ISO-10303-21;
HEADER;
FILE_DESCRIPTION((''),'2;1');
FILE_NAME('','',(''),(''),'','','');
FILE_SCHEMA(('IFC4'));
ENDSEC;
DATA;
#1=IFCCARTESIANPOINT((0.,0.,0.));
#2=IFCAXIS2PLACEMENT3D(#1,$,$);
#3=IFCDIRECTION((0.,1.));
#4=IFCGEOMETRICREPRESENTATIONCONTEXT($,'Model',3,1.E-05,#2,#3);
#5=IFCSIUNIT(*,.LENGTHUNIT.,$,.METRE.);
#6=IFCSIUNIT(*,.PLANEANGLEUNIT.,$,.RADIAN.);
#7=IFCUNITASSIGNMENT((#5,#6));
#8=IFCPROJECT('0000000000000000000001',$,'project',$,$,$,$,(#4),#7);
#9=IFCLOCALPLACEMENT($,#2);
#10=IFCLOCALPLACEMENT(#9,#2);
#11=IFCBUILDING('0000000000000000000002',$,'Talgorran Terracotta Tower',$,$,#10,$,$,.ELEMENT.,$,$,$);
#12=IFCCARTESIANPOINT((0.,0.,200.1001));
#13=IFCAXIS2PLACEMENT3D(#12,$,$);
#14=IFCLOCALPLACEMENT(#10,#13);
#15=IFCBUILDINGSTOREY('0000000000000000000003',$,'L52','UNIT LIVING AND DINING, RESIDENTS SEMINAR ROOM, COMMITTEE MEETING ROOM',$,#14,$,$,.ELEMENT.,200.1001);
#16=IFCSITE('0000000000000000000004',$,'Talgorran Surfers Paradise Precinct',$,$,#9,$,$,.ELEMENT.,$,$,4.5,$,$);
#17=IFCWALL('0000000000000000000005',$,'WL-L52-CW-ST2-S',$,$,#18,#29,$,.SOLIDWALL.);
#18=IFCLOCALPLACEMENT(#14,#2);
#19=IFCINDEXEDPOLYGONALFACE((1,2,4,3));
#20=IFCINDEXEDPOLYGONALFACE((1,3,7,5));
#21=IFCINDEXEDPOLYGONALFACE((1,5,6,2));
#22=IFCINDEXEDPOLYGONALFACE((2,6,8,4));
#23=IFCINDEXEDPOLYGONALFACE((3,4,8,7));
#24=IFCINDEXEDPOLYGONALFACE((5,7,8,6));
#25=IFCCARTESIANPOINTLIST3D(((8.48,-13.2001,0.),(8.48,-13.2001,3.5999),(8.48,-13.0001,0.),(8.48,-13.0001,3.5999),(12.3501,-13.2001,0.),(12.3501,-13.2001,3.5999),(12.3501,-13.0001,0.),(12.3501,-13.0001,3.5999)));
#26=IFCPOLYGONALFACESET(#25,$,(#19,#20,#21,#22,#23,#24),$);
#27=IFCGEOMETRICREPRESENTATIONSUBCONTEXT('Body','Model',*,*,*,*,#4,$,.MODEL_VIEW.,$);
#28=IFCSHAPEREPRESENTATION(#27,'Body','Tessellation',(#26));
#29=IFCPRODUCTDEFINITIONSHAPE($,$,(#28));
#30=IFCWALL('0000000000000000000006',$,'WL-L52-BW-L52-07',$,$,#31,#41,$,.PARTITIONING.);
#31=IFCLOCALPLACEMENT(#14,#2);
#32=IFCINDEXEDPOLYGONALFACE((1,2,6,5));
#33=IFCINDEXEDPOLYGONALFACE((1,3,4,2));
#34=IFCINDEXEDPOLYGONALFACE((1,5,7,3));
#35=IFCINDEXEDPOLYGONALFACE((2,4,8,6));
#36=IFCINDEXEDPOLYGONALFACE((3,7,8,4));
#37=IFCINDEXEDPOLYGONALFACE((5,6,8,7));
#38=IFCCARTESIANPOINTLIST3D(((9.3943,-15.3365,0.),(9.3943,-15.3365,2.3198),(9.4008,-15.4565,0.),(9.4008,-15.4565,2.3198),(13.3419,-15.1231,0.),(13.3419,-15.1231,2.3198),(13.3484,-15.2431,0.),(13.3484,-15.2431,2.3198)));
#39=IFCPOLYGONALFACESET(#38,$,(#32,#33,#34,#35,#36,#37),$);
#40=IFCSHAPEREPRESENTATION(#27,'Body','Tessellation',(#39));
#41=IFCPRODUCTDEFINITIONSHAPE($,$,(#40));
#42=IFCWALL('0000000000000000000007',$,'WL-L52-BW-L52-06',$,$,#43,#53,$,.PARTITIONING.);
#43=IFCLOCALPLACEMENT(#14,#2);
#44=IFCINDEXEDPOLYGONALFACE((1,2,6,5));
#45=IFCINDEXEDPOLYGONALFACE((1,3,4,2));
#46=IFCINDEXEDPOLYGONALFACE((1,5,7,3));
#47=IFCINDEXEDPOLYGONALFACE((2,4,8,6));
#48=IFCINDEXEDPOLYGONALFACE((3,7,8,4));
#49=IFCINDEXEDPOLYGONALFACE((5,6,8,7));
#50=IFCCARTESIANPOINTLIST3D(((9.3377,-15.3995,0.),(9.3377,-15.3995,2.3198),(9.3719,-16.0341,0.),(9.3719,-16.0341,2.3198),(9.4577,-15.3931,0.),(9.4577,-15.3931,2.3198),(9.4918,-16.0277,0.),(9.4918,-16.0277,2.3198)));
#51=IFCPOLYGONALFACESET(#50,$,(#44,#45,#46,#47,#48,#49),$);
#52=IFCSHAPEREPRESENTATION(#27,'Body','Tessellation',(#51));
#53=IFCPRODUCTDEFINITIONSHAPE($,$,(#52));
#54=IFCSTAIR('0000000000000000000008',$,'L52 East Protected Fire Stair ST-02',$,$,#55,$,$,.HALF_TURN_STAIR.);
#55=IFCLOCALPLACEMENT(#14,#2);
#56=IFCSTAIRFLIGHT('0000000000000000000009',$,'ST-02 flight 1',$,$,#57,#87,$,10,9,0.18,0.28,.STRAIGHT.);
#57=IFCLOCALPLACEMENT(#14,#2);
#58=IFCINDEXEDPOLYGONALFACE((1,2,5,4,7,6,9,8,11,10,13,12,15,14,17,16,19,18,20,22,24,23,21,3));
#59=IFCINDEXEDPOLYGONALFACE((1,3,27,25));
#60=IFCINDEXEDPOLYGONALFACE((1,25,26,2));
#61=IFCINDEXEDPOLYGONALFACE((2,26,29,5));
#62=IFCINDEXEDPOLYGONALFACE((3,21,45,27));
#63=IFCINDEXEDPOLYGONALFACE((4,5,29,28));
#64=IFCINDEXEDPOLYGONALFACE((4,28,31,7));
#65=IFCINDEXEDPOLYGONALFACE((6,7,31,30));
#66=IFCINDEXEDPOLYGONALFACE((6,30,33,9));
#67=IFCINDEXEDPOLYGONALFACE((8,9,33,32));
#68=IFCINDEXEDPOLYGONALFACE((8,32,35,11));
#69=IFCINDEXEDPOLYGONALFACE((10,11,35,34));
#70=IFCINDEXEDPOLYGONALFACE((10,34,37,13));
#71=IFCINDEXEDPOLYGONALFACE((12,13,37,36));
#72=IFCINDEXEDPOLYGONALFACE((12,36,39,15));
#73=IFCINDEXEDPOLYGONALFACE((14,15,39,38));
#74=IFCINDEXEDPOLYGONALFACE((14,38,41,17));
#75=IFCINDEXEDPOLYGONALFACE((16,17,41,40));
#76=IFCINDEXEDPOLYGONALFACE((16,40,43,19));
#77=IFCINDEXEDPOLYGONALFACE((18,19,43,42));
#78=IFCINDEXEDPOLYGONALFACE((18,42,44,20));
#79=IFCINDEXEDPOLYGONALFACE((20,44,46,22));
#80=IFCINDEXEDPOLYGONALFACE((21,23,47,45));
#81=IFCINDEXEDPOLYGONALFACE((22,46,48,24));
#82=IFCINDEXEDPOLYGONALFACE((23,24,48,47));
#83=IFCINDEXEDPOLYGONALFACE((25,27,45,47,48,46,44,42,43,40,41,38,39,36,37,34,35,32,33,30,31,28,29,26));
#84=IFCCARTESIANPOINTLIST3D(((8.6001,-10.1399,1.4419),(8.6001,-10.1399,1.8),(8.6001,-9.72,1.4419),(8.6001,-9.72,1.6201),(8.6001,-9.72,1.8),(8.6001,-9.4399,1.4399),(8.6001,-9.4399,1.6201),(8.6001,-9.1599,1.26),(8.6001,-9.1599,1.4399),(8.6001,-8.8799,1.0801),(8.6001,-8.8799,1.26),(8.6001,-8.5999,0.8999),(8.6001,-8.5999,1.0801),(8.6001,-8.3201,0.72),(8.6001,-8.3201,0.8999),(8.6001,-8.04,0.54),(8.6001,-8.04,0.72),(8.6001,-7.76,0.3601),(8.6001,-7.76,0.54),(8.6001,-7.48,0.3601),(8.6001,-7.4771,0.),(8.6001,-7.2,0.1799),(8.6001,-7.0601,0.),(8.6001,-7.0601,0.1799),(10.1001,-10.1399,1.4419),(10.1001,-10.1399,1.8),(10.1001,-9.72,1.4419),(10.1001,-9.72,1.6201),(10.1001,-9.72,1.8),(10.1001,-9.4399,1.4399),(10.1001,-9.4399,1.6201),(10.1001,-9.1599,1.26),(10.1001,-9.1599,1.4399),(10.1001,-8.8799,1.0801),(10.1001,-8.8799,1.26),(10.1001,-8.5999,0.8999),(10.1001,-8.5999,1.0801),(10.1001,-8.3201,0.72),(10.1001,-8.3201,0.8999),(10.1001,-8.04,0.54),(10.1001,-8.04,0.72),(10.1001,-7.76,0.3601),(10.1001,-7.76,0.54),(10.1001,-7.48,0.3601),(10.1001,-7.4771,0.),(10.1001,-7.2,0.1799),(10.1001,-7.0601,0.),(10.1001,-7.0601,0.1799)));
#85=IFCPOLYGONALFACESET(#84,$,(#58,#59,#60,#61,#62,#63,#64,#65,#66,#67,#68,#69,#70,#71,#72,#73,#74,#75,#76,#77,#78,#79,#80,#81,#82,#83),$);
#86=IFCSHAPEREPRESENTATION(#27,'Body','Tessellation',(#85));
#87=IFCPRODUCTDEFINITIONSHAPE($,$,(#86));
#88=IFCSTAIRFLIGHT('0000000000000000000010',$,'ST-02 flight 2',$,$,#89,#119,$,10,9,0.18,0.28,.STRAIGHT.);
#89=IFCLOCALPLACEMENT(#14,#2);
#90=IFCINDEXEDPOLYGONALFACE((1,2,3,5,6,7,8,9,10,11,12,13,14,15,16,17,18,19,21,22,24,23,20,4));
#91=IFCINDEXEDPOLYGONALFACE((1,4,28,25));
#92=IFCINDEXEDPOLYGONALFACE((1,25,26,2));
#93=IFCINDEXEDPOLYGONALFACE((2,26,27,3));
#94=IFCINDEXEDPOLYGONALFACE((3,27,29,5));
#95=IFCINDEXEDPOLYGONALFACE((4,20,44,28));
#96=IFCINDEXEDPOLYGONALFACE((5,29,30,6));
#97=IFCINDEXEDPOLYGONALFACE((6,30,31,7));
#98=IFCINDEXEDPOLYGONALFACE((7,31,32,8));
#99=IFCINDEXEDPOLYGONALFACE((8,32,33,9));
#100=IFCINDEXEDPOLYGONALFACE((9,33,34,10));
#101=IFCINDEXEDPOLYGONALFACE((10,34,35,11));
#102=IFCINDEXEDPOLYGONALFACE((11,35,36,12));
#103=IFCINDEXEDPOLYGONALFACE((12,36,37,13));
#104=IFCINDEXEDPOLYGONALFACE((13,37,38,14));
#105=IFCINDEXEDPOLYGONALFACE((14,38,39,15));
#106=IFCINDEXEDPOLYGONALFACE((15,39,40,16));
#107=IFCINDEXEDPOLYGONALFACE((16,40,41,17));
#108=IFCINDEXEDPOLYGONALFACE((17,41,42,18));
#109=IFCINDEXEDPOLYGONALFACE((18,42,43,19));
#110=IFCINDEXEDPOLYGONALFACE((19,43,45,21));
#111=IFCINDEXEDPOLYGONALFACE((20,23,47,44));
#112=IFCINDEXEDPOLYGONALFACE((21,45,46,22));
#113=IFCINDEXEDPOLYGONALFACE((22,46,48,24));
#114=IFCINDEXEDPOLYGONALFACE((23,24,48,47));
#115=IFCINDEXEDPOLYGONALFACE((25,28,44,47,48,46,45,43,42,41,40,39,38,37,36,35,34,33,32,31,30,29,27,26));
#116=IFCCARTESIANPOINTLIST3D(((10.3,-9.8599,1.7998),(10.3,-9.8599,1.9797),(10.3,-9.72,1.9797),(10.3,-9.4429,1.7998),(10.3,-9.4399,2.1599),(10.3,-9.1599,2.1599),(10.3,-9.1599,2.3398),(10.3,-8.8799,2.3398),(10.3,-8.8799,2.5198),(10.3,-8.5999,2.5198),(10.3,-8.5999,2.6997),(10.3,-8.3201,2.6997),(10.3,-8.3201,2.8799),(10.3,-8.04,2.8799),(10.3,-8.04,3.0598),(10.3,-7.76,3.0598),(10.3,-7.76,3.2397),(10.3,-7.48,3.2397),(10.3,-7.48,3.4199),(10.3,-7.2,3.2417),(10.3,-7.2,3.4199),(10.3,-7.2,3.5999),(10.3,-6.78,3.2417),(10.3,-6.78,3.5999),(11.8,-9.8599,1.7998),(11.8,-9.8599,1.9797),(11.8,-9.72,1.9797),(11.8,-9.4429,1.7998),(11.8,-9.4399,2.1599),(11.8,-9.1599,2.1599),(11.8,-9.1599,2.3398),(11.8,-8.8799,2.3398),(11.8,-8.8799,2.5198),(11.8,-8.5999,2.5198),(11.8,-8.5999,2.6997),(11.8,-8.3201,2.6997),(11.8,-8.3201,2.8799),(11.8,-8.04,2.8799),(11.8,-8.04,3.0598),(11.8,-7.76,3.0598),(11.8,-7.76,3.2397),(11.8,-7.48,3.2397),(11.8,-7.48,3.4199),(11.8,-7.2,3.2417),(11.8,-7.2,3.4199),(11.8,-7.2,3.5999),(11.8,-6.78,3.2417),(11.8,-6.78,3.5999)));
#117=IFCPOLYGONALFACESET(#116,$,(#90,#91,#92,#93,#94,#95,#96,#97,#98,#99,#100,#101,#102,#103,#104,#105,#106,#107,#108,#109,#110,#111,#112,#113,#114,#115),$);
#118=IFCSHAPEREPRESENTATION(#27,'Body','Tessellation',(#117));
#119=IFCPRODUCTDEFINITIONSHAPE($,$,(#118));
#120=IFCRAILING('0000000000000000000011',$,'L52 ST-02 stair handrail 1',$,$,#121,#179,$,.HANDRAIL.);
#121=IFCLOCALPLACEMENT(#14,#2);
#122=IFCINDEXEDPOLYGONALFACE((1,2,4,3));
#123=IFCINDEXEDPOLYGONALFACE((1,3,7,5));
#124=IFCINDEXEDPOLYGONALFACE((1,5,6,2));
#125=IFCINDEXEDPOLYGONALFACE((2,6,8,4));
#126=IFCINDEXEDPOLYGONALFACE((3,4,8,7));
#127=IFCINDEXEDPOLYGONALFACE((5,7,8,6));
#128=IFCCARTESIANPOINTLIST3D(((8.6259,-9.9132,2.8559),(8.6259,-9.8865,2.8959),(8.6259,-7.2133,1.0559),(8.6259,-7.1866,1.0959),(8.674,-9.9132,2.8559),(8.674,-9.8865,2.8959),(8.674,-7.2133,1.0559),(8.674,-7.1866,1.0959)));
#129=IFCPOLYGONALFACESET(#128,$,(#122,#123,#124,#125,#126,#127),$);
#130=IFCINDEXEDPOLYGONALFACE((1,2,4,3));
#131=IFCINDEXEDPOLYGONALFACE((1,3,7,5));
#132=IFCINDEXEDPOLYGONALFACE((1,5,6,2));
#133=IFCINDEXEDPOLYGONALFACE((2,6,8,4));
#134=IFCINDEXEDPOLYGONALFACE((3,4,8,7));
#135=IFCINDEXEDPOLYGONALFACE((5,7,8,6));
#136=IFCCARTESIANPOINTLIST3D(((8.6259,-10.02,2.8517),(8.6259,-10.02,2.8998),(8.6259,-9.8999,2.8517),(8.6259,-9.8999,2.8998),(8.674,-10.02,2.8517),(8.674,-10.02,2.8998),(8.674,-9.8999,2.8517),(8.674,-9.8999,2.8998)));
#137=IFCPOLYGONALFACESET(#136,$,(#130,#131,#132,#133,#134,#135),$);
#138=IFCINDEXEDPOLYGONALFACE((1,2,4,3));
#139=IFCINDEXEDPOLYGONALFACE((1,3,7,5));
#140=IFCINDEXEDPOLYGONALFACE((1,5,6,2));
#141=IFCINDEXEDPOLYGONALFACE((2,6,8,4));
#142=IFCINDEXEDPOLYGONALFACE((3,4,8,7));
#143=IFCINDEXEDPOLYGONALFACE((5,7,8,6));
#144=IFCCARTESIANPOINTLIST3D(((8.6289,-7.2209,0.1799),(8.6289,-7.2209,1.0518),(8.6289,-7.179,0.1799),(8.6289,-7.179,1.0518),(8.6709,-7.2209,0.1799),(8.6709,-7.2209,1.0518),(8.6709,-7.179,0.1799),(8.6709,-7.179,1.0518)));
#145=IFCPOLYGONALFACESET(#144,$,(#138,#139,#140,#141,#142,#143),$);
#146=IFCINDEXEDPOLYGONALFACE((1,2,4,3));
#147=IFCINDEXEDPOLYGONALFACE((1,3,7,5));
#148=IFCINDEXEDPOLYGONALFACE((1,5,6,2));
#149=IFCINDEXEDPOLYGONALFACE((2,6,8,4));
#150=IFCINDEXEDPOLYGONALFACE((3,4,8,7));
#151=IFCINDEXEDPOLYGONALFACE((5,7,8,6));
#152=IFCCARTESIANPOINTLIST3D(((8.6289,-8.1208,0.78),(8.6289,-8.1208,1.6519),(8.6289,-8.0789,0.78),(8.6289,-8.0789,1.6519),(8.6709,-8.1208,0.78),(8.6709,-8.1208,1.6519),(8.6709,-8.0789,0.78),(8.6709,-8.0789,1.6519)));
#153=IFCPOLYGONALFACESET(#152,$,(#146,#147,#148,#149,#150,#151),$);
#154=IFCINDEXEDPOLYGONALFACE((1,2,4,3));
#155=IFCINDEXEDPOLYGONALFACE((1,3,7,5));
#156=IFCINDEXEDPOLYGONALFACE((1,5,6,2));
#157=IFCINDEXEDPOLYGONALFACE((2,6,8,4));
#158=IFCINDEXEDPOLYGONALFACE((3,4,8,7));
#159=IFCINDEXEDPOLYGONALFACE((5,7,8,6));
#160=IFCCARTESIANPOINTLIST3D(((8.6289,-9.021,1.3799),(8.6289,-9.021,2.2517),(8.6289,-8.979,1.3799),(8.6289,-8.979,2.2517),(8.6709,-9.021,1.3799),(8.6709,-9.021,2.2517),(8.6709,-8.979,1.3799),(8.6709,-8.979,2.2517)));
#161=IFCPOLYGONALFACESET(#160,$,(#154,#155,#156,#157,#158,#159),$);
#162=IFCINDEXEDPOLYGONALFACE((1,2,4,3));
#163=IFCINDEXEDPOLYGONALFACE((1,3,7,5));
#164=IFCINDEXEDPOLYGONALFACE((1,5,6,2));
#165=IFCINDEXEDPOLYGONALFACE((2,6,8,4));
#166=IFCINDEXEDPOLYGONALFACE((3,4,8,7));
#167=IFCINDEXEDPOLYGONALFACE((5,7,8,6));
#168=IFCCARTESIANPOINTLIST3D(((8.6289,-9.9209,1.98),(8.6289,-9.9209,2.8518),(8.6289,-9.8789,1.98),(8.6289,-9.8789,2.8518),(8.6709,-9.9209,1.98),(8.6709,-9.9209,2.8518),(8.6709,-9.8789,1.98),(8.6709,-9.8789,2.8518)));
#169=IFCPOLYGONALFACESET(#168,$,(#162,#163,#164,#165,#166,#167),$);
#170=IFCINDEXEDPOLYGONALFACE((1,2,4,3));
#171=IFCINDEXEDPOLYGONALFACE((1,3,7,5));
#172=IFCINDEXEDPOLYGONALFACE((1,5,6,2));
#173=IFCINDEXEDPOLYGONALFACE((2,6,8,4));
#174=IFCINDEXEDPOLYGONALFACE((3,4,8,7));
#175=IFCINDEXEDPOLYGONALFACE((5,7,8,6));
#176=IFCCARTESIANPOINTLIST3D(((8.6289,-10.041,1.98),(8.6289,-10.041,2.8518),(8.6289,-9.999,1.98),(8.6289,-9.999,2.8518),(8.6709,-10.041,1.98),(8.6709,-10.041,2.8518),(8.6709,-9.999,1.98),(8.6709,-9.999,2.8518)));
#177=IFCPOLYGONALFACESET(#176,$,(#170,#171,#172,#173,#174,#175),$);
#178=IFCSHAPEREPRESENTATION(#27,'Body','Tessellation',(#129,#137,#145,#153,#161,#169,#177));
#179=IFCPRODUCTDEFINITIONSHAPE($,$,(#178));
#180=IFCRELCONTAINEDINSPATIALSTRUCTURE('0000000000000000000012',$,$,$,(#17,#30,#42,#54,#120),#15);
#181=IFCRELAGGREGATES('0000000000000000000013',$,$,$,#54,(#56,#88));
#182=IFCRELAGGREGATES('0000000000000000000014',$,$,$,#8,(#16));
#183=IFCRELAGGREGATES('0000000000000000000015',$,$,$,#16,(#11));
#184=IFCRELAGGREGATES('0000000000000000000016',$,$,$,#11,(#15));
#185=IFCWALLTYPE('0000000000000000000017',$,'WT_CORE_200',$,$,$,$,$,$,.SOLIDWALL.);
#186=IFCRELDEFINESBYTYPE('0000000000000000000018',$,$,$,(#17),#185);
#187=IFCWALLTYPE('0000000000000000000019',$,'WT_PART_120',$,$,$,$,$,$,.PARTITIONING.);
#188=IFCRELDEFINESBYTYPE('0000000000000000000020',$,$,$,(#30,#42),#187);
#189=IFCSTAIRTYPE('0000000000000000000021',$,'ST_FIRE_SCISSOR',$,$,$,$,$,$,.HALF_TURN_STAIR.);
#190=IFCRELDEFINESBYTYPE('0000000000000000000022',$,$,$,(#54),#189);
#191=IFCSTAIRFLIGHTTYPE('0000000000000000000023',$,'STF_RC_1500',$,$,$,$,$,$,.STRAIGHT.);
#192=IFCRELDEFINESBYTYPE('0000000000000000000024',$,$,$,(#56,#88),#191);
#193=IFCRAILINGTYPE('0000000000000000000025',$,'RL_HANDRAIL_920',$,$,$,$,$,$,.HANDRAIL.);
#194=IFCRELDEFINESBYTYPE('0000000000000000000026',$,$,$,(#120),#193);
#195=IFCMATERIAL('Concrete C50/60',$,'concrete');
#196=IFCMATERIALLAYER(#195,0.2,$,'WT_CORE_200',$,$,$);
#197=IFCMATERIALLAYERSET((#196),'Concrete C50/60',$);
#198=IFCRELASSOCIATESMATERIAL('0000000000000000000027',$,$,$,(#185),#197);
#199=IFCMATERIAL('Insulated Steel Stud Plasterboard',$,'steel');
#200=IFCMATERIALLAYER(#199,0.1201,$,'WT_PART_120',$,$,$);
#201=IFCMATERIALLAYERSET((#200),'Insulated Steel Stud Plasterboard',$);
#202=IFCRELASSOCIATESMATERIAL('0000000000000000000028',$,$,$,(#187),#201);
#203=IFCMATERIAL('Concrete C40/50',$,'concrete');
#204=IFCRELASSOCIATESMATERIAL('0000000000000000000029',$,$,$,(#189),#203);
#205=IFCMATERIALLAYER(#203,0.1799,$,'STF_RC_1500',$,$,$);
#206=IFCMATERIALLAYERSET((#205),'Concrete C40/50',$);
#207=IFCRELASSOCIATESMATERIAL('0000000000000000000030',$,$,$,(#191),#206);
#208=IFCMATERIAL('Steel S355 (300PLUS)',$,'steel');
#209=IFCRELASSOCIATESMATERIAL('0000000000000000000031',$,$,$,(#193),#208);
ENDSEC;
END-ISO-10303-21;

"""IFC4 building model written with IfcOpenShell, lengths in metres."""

from ifc_helpers import new_model, si_unit, direction, frame, frame_2d, origin, origin_2d, place, context, subcontext, project, spatial, polyline, rectangle, outline, extrude, material, layer, layer_set, type_object, element, aggregate, save


model = new_model("IFC4")

# Units and contexts
model_context = context("Model", 3, precision=1e-05, world=origin(), true_north=direction((0.0, 1.0)))
body_context = subcontext(model_context, "Body", "Model", "MODEL_VIEW")
ifc_project = project(units=[si_unit("LENGTHUNIT", "METRE"), si_unit("PLANEANGLEUNIT", "RADIAN")], contexts=[model_context])

# Site, building, storey
site_placement = place(None, origin())
site = spatial("IfcSite", under=ifc_project, at=site_placement, Name="Talgorran Surfers Paradise Precinct", CompositionType="ELEMENT", RefElevation=4.5)
building_placement = place(site_placement, origin())
building = spatial("IfcBuilding", under=site, at=building_placement, Name="Talgorran Terracotta Tower", CompositionType="ELEMENT")
storey_placement = place(building_placement, frame((0.0, 0.0, 200.1001)))
storey = spatial("IfcBuildingStorey", under=building, at=storey_placement, Name="L52", Description="UNIT LIVING AND DINING, RESIDENTS SEMINAR ROOM, COMMITTEE MEETING ROOM", CompositionType="ELEMENT", Elevation=200.1001)

# Shared definitions
ifc_material_1 = material(Name="Steel S355 (300PLUS)", Category="steel")

# Walls
ifc_material_2 = material(Name="Concrete C50/60", Category="concrete")
ifc_layer_1 = layer(ifc_material_2, 0.2, Name="WT_CORE_200")
ifc_layer_set_1 = layer_set([ifc_layer_1], Name="Concrete C50/60")
wall_type_1 = type_object("IfcWallType", Name="WT_CORE_200", PredefinedType="SOLIDWALL", material=ifc_layer_set_1)
wall_1_placement = place(storey_placement, frame((8.48, -13.1001, 0.0), z_axis=(0.0, 0.0, 1.0), x_axis=(1.0, 0.0, 0.0)))
element("IfcWall", 1, at=wall_1_placement, inside=storey, type_object=wall_type_1, Name="WL-L52-CW-ST2-S", PredefinedType="SOLIDWALL", context=body_context, shape_type="SweptSolid", body=[
    extrude(rectangle(XDim=3.8701, YDim=0.2, at=frame_2d((1.9351, 0.0))), origin(), (0.0, 0.0, 1.0), 3.5999),
])
ifc_material_3 = material(Name="Insulated Steel Stud Plasterboard", Category="steel")
ifc_layer_2 = layer(ifc_material_3, 0.1201, Name="WT_PART_120")
ifc_layer_set_2 = layer_set([ifc_layer_2], Name="Insulated Steel Stud Plasterboard")
wall_type_2 = type_object("IfcWallType", Name="WT_PART_120", PredefinedType="PARTITIONING", material=ifc_layer_set_2)
wall_2_placement = place(storey_placement, frame((9.3977, -15.3965, 0.0), z_axis=(0.0, 0.0, 1.0), x_axis=(0.998542, 0.053975, 0.0)))
element("IfcWall", 2, at=wall_2_placement, inside=storey, type_object=wall_type_2, Name="WL-L52-BW-L52-07", PredefinedType="PARTITIONING", context=body_context, shape_type="SweptSolid", body=[
    extrude(rectangle(XDim=3.9534, YDim=0.1201, at=frame_2d((1.9766, 0.0))), origin(), (0.0, 0.0, 1.0), 2.3198),
])
wall_3_placement = place(storey_placement, frame((9.4319, -16.031, 0.0), z_axis=(0.0, 0.0, 1.0), x_axis=(-0.053789, 0.998552, 0.0)))
element("IfcWall", 3, at=wall_3_placement, inside=storey, type_object=wall_type_2, Name="WL-L52-BW-L52-06", PredefinedType="PARTITIONING", context=body_context, shape_type="SweptSolid", body=[
    extrude(rectangle(XDim=0.6355, YDim=0.1201, at=frame_2d((0.3179, 0.0))), origin(), (0.0, 0.0, 1.0), 2.3198),
])

# Stair, stair flights
ifc_material_4 = material(Name="Concrete C40/50", Category="concrete")
stair_type = type_object("IfcStairType", Name="ST_FIRE_SCISSOR", PredefinedType="HALF_TURN_STAIR", material=ifc_material_4)
stair_placement = place(storey_placement, origin())
stair = element("IfcStair", 4, at=stair_placement, inside=storey, type_object=stair_type, Name="L52 East Protected Fire Stair ST-02", PredefinedType="HALF_TURN_STAIR")
ifc_layer_3 = layer(ifc_material_4, 0.1799, Name="STF_RC_1500")
ifc_layer_set_3 = layer_set([ifc_layer_3], Name="Concrete C40/50")
stair_flight_type = type_object("IfcStairFlightType", Name="STF_RC_1500", PredefinedType="STRAIGHT", material=ifc_layer_set_3)
stair_flight_1_placement = place(storey_placement, frame((9.3501, -7.2, 0.0), z_axis=(0.0, 0.0, 1.0), x_axis=(0.0, -1.0, 0.0)))
stair_flight_1 = element("IfcStairFlight", 5, at=stair_flight_1_placement, type_object=stair_flight_type, Name="ST-02 flight 1", NumberOfRisers=10, NumberOfTreads=9, PredefinedType="STRAIGHT", RiserHeight=0.18, TreadLength=0.28, context=body_context, shape_type="SweptSolid", body=[
    extrude(outline(polyline([(-0.1399, 0.0), (-0.1399, 0.1799), (0.0, 0.1799), (0.28, 0.3601), (0.5601, 0.3601), (0.5601, 0.54), (0.8401, 0.54), (0.8401, 0.72), (1.1201, 0.72), (1.1201, 0.8999), (1.3999, 0.8999), (1.3999, 1.0801), (1.6799, 1.0801), (1.6799, 1.26), (1.96, 1.26), (1.96, 1.4399), (2.24, 1.4399), (2.24, 1.6201), (2.52, 1.6201), (2.52, 1.8), (2.9399, 1.8), (2.9399, 1.4419), (2.52, 1.4419), (0.2771, 0.0), (-0.1399, 0.0)])), frame((0.0, 0.75, 0.0), z_axis=(0.0, -1.0, 0.0), x_axis=(1.0, 0.0, 0.0)), (0.0, 0.0, 1.0), 1.5),
])
stair_flight_2_placement = place(storey_placement, frame((11.05, -9.72, 1.7998), z_axis=(0.0, 0.0, 1.0), x_axis=(0.0, 1.0, 0.0)))
stair_flight_2 = element("IfcStairFlight", 6, at=stair_flight_2_placement, type_object=stair_flight_type, Name="ST-02 flight 2", NumberOfRisers=10, NumberOfTreads=9, PredefinedType="STRAIGHT", RiserHeight=0.18, TreadLength=0.28, context=body_context, shape_type="SweptSolid", body=[
    extrude(outline(polyline([(-0.1399, 0.0), (-0.1399, 0.1799), (0.0, 0.1799), (0.28, 0.3601), (0.5601, 0.3601), (0.5601, 0.54), (0.8401, 0.54), (0.8401, 0.72), (1.1201, 0.72), (1.1201, 0.8999), (1.3999, 0.8999), (1.3999, 1.0801), (1.6799, 1.0801), (1.6799, 1.26), (1.96, 1.26), (1.96, 1.4399), (2.24, 1.4399), (2.24, 1.6201), (2.52, 1.6201), (2.52, 1.8), (2.9399, 1.8), (2.9399, 1.4419), (2.52, 1.4419), (0.2771, 0.0), (-0.1399, 0.0)])), frame((0.0, 0.75, 0.0), z_axis=(0.0, -1.0, 0.0), x_axis=(1.0, 0.0, 0.0)), (0.0, 0.0, 1.0), 1.5),
])
aggregate(stair, [stair_flight_1, stair_flight_2])

# Railing
railing_type_1 = type_object("IfcRailingType", Name="RL_HANDRAIL_920", PredefinedType="HANDRAIL", material=ifc_material_1)
railing_1_placement = place(storey_placement, frame((8.6499, -7.2, 0.1799)))
element("IfcRailing", 7, at=railing_1_placement, inside=storey, type_object=railing_type_1, Name="L52 ST-02 stair handrail 1", PredefinedType="HANDRAIL", context=body_context, shape_type="SweptSolid", body=[
    extrude(rectangle(XDim=0.0481, YDim=0.0481, at=origin_2d()), frame((0.0, 0.0, 0.896), z_axis=(0.0, -0.832039, 0.554718), x_axis=(1.0, 0.0, 0.0)), (0.0, 0.0, 1.0), 3.2449),
    extrude(rectangle(XDim=0.0481, YDim=0.0481, at=origin_2d()), frame((0.0, -2.7, 2.6958), z_axis=(0.0, -1.0, 0.0), x_axis=(1.0, 0.0, 0.0)), (0.0, 0.0, 1.0), 0.1201),
    extrude(rectangle(XDim=0.042, YDim=0.042, at=origin_2d()), origin(), (0.0, 0.0, 1.0), 0.8718),
    extrude(rectangle(XDim=0.042, YDim=0.042, at=origin_2d()), frame((0.0, -0.8999, 0.6001)), (0.0, 0.0, 1.0), 0.8718),
    extrude(rectangle(XDim=0.042, YDim=0.042, at=origin_2d()), frame((0.0, -1.8, 1.2)), (0.0, 0.0, 1.0), 0.8718),
    extrude(rectangle(XDim=0.042, YDim=0.042, at=origin_2d()), frame((0.0, -2.7, 1.8)), (0.0, 0.0, 1.0), 0.8718),
    extrude(rectangle(XDim=0.042, YDim=0.042, at=origin_2d()), frame((0.0, -2.8201, 1.8)), (0.0, 0.0, 1.0), 0.8718),
])

save(model, "model.ifc")
